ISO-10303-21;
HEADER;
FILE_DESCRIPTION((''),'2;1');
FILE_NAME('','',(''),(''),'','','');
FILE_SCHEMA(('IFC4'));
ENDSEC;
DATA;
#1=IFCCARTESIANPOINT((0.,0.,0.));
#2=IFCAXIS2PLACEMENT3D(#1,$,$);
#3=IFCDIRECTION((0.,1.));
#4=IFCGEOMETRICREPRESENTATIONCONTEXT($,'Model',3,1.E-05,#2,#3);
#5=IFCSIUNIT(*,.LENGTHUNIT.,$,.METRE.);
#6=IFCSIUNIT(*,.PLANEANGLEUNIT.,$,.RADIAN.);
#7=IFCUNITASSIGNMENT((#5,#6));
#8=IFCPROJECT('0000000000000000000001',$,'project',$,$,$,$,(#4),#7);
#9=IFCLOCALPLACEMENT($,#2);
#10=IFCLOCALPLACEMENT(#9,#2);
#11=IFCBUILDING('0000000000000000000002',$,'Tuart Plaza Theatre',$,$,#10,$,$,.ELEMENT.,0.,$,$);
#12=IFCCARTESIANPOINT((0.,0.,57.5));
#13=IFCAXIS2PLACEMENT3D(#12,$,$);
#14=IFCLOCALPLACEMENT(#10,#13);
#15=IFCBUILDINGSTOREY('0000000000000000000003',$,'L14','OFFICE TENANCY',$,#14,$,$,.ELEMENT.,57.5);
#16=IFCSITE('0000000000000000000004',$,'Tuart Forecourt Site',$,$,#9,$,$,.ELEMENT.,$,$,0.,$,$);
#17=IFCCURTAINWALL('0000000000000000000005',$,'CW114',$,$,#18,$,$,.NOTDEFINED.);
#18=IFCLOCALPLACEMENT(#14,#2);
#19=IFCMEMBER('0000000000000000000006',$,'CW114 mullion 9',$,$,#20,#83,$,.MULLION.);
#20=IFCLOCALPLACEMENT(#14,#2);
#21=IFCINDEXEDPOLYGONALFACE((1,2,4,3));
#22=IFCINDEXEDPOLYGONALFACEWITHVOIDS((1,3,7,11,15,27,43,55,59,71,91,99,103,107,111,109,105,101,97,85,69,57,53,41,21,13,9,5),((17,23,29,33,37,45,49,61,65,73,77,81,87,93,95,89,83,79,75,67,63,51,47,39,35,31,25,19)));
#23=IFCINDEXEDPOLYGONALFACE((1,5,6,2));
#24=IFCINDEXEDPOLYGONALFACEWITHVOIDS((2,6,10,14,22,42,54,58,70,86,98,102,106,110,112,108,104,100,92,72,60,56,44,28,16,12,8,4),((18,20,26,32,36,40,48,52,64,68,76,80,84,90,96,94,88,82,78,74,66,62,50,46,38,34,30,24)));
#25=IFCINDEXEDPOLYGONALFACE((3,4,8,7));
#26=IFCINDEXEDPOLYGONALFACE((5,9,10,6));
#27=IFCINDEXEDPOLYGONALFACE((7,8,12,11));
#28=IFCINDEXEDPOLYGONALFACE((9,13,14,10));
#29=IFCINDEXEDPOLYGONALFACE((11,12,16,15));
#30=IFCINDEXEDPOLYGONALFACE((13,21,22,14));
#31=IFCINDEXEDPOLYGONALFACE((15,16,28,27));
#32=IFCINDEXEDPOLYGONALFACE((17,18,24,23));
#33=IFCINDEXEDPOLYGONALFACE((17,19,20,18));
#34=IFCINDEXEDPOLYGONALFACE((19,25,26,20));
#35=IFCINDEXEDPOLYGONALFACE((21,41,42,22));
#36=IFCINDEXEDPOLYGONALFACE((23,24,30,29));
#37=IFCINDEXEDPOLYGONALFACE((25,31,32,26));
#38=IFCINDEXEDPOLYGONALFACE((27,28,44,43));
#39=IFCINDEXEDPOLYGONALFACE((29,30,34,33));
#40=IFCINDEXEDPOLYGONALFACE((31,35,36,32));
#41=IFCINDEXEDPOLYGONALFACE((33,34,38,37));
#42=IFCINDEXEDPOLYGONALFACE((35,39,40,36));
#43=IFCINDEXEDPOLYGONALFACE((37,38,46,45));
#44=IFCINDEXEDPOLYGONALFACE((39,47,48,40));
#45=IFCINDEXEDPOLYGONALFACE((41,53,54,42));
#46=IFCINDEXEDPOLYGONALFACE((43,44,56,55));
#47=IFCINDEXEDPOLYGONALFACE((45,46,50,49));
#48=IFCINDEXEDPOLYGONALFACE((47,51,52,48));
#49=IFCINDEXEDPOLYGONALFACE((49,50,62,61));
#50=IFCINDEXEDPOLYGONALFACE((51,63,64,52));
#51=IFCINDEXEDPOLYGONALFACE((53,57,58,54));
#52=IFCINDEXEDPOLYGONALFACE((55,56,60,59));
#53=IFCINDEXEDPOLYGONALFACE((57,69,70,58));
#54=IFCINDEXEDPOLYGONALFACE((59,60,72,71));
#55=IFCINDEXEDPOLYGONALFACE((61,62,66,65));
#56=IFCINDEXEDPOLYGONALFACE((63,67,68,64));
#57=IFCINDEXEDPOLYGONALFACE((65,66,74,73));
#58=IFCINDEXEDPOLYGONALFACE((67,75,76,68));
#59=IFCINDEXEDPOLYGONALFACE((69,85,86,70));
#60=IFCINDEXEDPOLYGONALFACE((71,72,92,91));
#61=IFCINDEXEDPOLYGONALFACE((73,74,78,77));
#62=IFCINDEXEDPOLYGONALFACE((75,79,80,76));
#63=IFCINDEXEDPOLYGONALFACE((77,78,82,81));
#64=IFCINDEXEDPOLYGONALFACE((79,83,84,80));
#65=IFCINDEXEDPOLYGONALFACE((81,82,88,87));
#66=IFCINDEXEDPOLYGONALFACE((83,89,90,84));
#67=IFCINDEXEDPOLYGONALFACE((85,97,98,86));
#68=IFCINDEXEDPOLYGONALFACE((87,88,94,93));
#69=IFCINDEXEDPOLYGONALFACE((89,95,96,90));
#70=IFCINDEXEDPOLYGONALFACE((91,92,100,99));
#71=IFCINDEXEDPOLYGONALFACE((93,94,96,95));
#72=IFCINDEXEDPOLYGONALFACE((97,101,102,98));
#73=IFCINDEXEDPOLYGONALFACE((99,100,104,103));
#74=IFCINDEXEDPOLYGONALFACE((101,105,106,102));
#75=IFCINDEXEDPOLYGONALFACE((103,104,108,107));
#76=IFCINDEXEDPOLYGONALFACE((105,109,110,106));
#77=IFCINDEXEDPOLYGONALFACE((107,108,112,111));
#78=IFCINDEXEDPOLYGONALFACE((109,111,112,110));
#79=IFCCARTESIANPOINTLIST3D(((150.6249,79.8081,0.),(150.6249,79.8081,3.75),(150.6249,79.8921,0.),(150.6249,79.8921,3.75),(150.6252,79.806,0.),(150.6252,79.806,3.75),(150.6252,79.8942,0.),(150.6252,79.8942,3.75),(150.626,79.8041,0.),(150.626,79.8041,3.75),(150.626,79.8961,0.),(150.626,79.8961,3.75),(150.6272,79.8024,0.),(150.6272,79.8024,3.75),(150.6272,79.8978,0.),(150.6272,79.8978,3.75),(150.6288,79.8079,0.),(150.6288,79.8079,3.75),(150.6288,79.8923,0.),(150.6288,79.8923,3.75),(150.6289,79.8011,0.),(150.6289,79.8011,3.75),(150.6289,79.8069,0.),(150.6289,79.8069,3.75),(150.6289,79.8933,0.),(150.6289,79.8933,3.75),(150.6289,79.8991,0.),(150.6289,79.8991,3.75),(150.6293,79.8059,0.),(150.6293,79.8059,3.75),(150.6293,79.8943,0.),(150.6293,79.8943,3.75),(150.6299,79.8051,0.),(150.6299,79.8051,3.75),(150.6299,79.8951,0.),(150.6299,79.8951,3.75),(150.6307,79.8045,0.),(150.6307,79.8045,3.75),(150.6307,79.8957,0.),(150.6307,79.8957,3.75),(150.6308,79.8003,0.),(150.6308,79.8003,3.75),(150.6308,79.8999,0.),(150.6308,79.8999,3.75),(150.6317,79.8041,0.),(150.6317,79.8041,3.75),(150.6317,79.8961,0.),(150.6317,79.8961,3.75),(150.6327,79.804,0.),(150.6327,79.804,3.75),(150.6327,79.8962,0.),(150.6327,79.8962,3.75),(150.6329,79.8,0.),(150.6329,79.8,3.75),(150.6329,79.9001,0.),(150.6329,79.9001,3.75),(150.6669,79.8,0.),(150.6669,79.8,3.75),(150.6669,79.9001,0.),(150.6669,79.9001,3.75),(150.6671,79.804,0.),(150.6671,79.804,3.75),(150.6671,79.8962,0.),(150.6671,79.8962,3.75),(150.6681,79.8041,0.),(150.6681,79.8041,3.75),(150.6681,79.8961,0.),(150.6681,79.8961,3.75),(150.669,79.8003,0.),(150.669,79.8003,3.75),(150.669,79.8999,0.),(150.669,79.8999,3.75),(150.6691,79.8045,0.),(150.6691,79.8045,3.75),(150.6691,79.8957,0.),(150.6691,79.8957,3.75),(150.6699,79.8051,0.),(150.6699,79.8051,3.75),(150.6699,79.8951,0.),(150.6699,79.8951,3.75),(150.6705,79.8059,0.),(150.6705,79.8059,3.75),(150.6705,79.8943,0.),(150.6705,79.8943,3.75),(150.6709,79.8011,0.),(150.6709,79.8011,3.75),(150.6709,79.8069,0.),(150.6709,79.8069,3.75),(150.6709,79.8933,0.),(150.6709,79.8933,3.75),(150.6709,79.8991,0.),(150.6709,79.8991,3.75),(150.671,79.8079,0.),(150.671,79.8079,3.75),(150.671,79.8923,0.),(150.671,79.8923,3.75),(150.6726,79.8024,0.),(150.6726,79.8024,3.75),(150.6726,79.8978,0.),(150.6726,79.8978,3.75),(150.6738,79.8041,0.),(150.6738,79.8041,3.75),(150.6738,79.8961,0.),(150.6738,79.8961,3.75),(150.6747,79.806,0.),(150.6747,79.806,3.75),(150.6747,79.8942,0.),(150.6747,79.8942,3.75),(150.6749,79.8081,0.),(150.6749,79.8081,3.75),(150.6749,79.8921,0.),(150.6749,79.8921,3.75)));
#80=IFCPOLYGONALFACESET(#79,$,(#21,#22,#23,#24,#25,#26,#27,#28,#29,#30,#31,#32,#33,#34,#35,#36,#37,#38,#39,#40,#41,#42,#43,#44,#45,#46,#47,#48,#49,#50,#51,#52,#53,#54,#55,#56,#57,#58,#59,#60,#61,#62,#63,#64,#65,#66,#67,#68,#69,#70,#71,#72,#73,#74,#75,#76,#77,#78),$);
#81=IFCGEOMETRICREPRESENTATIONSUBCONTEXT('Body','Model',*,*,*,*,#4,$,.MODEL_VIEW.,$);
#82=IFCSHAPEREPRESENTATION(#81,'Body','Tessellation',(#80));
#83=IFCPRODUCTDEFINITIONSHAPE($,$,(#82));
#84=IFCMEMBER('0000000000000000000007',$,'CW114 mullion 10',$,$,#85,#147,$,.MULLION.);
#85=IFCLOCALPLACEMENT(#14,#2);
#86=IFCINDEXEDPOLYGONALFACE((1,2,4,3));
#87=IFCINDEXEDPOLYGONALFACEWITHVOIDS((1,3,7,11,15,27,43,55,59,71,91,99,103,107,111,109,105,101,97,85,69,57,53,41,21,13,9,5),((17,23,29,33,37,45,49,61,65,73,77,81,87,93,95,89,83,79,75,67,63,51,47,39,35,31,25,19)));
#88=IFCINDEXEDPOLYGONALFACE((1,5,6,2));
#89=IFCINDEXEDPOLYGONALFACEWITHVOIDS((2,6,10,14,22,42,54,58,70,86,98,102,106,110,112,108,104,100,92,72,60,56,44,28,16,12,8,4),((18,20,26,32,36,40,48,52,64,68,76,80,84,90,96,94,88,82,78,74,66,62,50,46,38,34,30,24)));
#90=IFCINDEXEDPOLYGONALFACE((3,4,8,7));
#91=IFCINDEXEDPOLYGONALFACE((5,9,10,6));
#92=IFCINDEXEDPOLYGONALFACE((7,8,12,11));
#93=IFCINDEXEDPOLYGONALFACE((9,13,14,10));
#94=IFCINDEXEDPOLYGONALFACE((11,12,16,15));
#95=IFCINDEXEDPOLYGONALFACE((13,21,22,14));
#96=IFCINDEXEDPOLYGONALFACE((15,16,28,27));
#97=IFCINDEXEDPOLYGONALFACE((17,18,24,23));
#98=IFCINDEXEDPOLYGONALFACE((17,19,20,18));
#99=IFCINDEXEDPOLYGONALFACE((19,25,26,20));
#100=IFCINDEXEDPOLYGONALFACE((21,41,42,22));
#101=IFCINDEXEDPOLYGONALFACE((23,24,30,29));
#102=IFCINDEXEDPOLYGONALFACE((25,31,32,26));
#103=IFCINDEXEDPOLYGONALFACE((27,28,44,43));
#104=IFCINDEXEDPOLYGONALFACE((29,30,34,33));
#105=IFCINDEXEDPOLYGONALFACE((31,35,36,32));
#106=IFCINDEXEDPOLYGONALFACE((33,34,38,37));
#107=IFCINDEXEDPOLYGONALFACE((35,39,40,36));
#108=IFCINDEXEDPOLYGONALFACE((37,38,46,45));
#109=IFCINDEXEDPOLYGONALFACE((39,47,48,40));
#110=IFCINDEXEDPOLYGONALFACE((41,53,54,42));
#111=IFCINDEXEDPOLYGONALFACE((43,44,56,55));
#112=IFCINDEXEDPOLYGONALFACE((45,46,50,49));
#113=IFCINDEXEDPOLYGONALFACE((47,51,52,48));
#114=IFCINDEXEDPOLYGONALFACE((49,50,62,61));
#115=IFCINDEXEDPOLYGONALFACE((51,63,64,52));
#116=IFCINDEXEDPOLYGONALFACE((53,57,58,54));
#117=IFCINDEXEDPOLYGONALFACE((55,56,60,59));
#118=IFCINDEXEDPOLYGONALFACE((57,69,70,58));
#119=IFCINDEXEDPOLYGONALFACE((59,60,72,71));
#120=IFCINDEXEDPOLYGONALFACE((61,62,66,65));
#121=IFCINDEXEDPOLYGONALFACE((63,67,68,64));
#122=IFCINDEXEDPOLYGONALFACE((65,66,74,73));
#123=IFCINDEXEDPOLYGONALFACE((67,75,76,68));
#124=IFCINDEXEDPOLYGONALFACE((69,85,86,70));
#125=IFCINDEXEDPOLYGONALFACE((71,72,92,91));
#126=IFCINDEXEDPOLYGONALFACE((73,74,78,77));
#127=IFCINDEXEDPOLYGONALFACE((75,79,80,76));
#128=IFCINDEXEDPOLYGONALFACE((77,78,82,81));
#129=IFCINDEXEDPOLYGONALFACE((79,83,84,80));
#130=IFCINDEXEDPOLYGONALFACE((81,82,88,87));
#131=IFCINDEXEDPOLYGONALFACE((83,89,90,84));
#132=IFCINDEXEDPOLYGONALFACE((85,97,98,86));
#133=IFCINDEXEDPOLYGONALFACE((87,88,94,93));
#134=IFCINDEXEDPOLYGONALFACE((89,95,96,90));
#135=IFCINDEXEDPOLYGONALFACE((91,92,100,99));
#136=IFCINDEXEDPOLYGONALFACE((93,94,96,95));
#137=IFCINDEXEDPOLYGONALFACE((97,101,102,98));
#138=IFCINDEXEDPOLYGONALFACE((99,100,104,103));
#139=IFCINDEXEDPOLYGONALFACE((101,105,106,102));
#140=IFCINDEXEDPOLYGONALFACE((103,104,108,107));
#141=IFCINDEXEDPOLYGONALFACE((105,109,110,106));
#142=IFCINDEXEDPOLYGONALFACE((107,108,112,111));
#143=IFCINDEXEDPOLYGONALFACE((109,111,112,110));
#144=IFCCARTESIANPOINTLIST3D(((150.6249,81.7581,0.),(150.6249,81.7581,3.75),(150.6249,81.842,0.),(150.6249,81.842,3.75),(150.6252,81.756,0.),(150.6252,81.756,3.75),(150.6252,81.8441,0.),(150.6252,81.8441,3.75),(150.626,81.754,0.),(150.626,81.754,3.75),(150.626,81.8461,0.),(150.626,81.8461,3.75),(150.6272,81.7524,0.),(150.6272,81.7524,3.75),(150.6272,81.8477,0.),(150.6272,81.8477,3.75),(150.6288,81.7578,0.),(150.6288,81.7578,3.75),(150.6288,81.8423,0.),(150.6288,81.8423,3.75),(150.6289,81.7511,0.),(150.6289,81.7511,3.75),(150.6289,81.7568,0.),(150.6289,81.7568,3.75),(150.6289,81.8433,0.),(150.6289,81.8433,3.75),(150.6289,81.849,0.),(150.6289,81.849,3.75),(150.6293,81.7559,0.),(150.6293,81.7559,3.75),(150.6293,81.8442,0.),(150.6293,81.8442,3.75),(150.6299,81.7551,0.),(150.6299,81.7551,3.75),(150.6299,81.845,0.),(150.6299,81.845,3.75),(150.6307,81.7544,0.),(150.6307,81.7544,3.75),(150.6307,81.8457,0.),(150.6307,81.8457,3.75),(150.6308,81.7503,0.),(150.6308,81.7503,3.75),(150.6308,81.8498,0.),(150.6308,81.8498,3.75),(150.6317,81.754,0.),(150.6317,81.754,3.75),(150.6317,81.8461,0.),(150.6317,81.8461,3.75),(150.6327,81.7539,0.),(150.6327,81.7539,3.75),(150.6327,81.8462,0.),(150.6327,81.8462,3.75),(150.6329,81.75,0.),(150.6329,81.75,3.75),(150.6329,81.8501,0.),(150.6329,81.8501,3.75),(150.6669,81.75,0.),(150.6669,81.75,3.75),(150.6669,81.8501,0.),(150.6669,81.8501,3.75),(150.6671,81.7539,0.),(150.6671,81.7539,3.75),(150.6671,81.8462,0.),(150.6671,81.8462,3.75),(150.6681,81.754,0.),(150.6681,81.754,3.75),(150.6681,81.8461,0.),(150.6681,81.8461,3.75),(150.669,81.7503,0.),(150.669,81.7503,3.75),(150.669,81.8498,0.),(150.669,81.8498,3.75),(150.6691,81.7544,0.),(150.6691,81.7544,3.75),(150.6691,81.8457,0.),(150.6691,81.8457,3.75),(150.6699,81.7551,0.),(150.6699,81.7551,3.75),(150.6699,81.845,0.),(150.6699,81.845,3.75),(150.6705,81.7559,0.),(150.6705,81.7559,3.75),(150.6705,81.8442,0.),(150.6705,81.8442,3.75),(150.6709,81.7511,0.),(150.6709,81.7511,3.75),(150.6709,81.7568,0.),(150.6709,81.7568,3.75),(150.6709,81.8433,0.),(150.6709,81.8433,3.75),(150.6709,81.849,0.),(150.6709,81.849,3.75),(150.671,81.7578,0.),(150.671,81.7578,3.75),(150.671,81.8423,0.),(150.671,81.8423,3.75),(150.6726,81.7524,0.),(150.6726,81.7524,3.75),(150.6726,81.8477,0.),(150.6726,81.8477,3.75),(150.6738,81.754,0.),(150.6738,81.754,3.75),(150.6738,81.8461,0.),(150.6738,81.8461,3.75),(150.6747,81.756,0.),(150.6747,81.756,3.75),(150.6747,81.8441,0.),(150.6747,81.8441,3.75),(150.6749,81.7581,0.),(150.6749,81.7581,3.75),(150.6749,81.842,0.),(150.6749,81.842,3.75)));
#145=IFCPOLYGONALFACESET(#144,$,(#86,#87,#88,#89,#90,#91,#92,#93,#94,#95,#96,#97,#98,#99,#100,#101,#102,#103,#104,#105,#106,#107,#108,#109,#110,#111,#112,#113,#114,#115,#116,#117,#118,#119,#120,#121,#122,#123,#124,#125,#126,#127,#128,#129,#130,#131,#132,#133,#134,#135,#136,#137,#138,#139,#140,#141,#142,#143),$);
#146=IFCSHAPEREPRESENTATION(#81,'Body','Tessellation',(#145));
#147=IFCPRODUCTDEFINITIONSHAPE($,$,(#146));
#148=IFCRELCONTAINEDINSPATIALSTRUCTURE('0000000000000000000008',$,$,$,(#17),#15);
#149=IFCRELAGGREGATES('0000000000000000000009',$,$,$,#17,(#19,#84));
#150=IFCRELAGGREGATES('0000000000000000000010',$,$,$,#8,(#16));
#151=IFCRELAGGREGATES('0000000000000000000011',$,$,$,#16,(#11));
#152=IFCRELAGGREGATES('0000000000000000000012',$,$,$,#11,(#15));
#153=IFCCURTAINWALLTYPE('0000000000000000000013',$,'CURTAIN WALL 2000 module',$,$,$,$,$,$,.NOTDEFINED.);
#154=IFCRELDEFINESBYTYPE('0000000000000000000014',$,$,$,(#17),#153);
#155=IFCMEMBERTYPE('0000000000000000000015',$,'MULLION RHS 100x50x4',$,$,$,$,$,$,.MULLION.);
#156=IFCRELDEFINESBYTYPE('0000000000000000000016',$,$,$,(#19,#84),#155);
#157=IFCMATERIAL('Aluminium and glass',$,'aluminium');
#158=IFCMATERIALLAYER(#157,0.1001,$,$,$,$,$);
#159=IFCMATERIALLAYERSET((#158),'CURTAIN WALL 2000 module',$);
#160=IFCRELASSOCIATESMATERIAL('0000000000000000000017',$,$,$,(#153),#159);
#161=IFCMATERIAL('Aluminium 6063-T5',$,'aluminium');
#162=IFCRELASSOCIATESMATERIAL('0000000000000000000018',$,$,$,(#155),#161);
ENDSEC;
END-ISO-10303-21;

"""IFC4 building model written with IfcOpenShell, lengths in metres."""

from ifc_helpers import new_model, si_unit, direction, frame, origin, origin_2d, place, context, subcontext, project, spatial, hollow_rectangle, extrude, material, layer, layer_set, material_profile, profile_set, type_object, element, aggregate, save


model = new_model("IFC4")

# Units and contexts
model_context = context("Model", 3, precision=1e-05, world=origin(), true_north=direction((0.0, 1.0)))
body_context = subcontext(model_context, "Body", "Model", "MODEL_VIEW")
ifc_project = project(units=[si_unit("LENGTHUNIT", "METRE"), si_unit("PLANEANGLEUNIT", "RADIAN")], contexts=[model_context])

# Site, building, storey
site_placement = place(None, origin())
site = spatial("IfcSite", under=ifc_project, at=site_placement, Name="Tuart Forecourt Site", CompositionType="ELEMENT", RefElevation=0.0)
building_placement = place(site_placement, origin())
building = spatial("IfcBuilding", under=site, at=building_placement, Name="Tuart Plaza Theatre", CompositionType="ELEMENT", ElevationOfRefHeight=0.0)
storey_placement = place(building_placement, frame((0.0, 0.0, 57.5)))
storey = spatial("IfcBuildingStorey", under=building, at=storey_placement, Name="L14", Description="OFFICE TENANCY", CompositionType="ELEMENT", Elevation=57.5)

# Curtain wall, members
ifc_material_1 = material(Name="Aluminium and glass", Category="aluminium")
ifc_layer_1 = layer(ifc_material_1, 0.1001)
ifc_layer_set_1 = layer_set([ifc_layer_1], Name="CURTAIN WALL 2000 module")
curtain_wall_type = type_object("IfcCurtainWallType", Name="CURTAIN WALL 2000 module", PredefinedType="NOTDEFINED", material=ifc_layer_set_1)
curtain_wall_placement = place(storey_placement, origin())
curtain_wall = element("IfcCurtainWall", 1, at=curtain_wall_placement, inside=storey, type_object=curtain_wall_type, Name="CW114", PredefinedType="NOTDEFINED")
ifc_material_2 = material(Name="Aluminium 6063-T5", Category="aluminium")
ifc_material_profile_1 = material_profile(ifc_material_2, hollow_rectangle(XDim=0.05, YDim=0.1001, WallThickness=0.0039, InnerFilletRadius=0.0039, OuterFilletRadius=0.0081, at=origin_2d()), Name="RHS 100x50x4")
ifc_profile_set_1 = profile_set([ifc_material_profile_1], Name="Aluminium 6063-T5")
member_type_1 = type_object("IfcMemberType", Name="MULLION RHS 100x50x4", PredefinedType="MULLION", material=ifc_profile_set_1)
member_1_placement = place(storey_placement, frame((150.6499, 79.8501, 0.0), z_axis=(0.0, 0.0, 1.0), x_axis=(-1.0, 0.0, 0.0)))
member_1 = element("IfcMember", 2, at=member_1_placement, type_object=member_type_1, Name="CW114 mullion 9", PredefinedType="MULLION", context=body_context, shape_type="SweptSolid", body=[
    extrude(hollow_rectangle(XDim=0.05, YDim=0.1001, WallThickness=0.0039, InnerFilletRadius=0.0039, OuterFilletRadius=0.0081, at=origin_2d()), origin(), (0.0, 0.0, 1.0), 3.75),
])
member_2_placement = place(storey_placement, frame((150.6499, 81.8, 0.0), z_axis=(0.0, 0.0, 1.0), x_axis=(-1.0, 0.0, 0.0)))
member_2 = element("IfcMember", 3, at=member_2_placement, type_object=member_type_1, Name="CW114 mullion 10", PredefinedType="MULLION", context=body_context, shape_type="SweptSolid", body=[
    extrude(hollow_rectangle(XDim=0.05, YDim=0.1001, WallThickness=0.0039, InnerFilletRadius=0.0039, OuterFilletRadius=0.0081, at=origin_2d()), origin(), (0.0, 0.0, 1.0), 3.75),
])
aggregate(curtain_wall, [member_1, member_2])

save(model, "model.ifc")
